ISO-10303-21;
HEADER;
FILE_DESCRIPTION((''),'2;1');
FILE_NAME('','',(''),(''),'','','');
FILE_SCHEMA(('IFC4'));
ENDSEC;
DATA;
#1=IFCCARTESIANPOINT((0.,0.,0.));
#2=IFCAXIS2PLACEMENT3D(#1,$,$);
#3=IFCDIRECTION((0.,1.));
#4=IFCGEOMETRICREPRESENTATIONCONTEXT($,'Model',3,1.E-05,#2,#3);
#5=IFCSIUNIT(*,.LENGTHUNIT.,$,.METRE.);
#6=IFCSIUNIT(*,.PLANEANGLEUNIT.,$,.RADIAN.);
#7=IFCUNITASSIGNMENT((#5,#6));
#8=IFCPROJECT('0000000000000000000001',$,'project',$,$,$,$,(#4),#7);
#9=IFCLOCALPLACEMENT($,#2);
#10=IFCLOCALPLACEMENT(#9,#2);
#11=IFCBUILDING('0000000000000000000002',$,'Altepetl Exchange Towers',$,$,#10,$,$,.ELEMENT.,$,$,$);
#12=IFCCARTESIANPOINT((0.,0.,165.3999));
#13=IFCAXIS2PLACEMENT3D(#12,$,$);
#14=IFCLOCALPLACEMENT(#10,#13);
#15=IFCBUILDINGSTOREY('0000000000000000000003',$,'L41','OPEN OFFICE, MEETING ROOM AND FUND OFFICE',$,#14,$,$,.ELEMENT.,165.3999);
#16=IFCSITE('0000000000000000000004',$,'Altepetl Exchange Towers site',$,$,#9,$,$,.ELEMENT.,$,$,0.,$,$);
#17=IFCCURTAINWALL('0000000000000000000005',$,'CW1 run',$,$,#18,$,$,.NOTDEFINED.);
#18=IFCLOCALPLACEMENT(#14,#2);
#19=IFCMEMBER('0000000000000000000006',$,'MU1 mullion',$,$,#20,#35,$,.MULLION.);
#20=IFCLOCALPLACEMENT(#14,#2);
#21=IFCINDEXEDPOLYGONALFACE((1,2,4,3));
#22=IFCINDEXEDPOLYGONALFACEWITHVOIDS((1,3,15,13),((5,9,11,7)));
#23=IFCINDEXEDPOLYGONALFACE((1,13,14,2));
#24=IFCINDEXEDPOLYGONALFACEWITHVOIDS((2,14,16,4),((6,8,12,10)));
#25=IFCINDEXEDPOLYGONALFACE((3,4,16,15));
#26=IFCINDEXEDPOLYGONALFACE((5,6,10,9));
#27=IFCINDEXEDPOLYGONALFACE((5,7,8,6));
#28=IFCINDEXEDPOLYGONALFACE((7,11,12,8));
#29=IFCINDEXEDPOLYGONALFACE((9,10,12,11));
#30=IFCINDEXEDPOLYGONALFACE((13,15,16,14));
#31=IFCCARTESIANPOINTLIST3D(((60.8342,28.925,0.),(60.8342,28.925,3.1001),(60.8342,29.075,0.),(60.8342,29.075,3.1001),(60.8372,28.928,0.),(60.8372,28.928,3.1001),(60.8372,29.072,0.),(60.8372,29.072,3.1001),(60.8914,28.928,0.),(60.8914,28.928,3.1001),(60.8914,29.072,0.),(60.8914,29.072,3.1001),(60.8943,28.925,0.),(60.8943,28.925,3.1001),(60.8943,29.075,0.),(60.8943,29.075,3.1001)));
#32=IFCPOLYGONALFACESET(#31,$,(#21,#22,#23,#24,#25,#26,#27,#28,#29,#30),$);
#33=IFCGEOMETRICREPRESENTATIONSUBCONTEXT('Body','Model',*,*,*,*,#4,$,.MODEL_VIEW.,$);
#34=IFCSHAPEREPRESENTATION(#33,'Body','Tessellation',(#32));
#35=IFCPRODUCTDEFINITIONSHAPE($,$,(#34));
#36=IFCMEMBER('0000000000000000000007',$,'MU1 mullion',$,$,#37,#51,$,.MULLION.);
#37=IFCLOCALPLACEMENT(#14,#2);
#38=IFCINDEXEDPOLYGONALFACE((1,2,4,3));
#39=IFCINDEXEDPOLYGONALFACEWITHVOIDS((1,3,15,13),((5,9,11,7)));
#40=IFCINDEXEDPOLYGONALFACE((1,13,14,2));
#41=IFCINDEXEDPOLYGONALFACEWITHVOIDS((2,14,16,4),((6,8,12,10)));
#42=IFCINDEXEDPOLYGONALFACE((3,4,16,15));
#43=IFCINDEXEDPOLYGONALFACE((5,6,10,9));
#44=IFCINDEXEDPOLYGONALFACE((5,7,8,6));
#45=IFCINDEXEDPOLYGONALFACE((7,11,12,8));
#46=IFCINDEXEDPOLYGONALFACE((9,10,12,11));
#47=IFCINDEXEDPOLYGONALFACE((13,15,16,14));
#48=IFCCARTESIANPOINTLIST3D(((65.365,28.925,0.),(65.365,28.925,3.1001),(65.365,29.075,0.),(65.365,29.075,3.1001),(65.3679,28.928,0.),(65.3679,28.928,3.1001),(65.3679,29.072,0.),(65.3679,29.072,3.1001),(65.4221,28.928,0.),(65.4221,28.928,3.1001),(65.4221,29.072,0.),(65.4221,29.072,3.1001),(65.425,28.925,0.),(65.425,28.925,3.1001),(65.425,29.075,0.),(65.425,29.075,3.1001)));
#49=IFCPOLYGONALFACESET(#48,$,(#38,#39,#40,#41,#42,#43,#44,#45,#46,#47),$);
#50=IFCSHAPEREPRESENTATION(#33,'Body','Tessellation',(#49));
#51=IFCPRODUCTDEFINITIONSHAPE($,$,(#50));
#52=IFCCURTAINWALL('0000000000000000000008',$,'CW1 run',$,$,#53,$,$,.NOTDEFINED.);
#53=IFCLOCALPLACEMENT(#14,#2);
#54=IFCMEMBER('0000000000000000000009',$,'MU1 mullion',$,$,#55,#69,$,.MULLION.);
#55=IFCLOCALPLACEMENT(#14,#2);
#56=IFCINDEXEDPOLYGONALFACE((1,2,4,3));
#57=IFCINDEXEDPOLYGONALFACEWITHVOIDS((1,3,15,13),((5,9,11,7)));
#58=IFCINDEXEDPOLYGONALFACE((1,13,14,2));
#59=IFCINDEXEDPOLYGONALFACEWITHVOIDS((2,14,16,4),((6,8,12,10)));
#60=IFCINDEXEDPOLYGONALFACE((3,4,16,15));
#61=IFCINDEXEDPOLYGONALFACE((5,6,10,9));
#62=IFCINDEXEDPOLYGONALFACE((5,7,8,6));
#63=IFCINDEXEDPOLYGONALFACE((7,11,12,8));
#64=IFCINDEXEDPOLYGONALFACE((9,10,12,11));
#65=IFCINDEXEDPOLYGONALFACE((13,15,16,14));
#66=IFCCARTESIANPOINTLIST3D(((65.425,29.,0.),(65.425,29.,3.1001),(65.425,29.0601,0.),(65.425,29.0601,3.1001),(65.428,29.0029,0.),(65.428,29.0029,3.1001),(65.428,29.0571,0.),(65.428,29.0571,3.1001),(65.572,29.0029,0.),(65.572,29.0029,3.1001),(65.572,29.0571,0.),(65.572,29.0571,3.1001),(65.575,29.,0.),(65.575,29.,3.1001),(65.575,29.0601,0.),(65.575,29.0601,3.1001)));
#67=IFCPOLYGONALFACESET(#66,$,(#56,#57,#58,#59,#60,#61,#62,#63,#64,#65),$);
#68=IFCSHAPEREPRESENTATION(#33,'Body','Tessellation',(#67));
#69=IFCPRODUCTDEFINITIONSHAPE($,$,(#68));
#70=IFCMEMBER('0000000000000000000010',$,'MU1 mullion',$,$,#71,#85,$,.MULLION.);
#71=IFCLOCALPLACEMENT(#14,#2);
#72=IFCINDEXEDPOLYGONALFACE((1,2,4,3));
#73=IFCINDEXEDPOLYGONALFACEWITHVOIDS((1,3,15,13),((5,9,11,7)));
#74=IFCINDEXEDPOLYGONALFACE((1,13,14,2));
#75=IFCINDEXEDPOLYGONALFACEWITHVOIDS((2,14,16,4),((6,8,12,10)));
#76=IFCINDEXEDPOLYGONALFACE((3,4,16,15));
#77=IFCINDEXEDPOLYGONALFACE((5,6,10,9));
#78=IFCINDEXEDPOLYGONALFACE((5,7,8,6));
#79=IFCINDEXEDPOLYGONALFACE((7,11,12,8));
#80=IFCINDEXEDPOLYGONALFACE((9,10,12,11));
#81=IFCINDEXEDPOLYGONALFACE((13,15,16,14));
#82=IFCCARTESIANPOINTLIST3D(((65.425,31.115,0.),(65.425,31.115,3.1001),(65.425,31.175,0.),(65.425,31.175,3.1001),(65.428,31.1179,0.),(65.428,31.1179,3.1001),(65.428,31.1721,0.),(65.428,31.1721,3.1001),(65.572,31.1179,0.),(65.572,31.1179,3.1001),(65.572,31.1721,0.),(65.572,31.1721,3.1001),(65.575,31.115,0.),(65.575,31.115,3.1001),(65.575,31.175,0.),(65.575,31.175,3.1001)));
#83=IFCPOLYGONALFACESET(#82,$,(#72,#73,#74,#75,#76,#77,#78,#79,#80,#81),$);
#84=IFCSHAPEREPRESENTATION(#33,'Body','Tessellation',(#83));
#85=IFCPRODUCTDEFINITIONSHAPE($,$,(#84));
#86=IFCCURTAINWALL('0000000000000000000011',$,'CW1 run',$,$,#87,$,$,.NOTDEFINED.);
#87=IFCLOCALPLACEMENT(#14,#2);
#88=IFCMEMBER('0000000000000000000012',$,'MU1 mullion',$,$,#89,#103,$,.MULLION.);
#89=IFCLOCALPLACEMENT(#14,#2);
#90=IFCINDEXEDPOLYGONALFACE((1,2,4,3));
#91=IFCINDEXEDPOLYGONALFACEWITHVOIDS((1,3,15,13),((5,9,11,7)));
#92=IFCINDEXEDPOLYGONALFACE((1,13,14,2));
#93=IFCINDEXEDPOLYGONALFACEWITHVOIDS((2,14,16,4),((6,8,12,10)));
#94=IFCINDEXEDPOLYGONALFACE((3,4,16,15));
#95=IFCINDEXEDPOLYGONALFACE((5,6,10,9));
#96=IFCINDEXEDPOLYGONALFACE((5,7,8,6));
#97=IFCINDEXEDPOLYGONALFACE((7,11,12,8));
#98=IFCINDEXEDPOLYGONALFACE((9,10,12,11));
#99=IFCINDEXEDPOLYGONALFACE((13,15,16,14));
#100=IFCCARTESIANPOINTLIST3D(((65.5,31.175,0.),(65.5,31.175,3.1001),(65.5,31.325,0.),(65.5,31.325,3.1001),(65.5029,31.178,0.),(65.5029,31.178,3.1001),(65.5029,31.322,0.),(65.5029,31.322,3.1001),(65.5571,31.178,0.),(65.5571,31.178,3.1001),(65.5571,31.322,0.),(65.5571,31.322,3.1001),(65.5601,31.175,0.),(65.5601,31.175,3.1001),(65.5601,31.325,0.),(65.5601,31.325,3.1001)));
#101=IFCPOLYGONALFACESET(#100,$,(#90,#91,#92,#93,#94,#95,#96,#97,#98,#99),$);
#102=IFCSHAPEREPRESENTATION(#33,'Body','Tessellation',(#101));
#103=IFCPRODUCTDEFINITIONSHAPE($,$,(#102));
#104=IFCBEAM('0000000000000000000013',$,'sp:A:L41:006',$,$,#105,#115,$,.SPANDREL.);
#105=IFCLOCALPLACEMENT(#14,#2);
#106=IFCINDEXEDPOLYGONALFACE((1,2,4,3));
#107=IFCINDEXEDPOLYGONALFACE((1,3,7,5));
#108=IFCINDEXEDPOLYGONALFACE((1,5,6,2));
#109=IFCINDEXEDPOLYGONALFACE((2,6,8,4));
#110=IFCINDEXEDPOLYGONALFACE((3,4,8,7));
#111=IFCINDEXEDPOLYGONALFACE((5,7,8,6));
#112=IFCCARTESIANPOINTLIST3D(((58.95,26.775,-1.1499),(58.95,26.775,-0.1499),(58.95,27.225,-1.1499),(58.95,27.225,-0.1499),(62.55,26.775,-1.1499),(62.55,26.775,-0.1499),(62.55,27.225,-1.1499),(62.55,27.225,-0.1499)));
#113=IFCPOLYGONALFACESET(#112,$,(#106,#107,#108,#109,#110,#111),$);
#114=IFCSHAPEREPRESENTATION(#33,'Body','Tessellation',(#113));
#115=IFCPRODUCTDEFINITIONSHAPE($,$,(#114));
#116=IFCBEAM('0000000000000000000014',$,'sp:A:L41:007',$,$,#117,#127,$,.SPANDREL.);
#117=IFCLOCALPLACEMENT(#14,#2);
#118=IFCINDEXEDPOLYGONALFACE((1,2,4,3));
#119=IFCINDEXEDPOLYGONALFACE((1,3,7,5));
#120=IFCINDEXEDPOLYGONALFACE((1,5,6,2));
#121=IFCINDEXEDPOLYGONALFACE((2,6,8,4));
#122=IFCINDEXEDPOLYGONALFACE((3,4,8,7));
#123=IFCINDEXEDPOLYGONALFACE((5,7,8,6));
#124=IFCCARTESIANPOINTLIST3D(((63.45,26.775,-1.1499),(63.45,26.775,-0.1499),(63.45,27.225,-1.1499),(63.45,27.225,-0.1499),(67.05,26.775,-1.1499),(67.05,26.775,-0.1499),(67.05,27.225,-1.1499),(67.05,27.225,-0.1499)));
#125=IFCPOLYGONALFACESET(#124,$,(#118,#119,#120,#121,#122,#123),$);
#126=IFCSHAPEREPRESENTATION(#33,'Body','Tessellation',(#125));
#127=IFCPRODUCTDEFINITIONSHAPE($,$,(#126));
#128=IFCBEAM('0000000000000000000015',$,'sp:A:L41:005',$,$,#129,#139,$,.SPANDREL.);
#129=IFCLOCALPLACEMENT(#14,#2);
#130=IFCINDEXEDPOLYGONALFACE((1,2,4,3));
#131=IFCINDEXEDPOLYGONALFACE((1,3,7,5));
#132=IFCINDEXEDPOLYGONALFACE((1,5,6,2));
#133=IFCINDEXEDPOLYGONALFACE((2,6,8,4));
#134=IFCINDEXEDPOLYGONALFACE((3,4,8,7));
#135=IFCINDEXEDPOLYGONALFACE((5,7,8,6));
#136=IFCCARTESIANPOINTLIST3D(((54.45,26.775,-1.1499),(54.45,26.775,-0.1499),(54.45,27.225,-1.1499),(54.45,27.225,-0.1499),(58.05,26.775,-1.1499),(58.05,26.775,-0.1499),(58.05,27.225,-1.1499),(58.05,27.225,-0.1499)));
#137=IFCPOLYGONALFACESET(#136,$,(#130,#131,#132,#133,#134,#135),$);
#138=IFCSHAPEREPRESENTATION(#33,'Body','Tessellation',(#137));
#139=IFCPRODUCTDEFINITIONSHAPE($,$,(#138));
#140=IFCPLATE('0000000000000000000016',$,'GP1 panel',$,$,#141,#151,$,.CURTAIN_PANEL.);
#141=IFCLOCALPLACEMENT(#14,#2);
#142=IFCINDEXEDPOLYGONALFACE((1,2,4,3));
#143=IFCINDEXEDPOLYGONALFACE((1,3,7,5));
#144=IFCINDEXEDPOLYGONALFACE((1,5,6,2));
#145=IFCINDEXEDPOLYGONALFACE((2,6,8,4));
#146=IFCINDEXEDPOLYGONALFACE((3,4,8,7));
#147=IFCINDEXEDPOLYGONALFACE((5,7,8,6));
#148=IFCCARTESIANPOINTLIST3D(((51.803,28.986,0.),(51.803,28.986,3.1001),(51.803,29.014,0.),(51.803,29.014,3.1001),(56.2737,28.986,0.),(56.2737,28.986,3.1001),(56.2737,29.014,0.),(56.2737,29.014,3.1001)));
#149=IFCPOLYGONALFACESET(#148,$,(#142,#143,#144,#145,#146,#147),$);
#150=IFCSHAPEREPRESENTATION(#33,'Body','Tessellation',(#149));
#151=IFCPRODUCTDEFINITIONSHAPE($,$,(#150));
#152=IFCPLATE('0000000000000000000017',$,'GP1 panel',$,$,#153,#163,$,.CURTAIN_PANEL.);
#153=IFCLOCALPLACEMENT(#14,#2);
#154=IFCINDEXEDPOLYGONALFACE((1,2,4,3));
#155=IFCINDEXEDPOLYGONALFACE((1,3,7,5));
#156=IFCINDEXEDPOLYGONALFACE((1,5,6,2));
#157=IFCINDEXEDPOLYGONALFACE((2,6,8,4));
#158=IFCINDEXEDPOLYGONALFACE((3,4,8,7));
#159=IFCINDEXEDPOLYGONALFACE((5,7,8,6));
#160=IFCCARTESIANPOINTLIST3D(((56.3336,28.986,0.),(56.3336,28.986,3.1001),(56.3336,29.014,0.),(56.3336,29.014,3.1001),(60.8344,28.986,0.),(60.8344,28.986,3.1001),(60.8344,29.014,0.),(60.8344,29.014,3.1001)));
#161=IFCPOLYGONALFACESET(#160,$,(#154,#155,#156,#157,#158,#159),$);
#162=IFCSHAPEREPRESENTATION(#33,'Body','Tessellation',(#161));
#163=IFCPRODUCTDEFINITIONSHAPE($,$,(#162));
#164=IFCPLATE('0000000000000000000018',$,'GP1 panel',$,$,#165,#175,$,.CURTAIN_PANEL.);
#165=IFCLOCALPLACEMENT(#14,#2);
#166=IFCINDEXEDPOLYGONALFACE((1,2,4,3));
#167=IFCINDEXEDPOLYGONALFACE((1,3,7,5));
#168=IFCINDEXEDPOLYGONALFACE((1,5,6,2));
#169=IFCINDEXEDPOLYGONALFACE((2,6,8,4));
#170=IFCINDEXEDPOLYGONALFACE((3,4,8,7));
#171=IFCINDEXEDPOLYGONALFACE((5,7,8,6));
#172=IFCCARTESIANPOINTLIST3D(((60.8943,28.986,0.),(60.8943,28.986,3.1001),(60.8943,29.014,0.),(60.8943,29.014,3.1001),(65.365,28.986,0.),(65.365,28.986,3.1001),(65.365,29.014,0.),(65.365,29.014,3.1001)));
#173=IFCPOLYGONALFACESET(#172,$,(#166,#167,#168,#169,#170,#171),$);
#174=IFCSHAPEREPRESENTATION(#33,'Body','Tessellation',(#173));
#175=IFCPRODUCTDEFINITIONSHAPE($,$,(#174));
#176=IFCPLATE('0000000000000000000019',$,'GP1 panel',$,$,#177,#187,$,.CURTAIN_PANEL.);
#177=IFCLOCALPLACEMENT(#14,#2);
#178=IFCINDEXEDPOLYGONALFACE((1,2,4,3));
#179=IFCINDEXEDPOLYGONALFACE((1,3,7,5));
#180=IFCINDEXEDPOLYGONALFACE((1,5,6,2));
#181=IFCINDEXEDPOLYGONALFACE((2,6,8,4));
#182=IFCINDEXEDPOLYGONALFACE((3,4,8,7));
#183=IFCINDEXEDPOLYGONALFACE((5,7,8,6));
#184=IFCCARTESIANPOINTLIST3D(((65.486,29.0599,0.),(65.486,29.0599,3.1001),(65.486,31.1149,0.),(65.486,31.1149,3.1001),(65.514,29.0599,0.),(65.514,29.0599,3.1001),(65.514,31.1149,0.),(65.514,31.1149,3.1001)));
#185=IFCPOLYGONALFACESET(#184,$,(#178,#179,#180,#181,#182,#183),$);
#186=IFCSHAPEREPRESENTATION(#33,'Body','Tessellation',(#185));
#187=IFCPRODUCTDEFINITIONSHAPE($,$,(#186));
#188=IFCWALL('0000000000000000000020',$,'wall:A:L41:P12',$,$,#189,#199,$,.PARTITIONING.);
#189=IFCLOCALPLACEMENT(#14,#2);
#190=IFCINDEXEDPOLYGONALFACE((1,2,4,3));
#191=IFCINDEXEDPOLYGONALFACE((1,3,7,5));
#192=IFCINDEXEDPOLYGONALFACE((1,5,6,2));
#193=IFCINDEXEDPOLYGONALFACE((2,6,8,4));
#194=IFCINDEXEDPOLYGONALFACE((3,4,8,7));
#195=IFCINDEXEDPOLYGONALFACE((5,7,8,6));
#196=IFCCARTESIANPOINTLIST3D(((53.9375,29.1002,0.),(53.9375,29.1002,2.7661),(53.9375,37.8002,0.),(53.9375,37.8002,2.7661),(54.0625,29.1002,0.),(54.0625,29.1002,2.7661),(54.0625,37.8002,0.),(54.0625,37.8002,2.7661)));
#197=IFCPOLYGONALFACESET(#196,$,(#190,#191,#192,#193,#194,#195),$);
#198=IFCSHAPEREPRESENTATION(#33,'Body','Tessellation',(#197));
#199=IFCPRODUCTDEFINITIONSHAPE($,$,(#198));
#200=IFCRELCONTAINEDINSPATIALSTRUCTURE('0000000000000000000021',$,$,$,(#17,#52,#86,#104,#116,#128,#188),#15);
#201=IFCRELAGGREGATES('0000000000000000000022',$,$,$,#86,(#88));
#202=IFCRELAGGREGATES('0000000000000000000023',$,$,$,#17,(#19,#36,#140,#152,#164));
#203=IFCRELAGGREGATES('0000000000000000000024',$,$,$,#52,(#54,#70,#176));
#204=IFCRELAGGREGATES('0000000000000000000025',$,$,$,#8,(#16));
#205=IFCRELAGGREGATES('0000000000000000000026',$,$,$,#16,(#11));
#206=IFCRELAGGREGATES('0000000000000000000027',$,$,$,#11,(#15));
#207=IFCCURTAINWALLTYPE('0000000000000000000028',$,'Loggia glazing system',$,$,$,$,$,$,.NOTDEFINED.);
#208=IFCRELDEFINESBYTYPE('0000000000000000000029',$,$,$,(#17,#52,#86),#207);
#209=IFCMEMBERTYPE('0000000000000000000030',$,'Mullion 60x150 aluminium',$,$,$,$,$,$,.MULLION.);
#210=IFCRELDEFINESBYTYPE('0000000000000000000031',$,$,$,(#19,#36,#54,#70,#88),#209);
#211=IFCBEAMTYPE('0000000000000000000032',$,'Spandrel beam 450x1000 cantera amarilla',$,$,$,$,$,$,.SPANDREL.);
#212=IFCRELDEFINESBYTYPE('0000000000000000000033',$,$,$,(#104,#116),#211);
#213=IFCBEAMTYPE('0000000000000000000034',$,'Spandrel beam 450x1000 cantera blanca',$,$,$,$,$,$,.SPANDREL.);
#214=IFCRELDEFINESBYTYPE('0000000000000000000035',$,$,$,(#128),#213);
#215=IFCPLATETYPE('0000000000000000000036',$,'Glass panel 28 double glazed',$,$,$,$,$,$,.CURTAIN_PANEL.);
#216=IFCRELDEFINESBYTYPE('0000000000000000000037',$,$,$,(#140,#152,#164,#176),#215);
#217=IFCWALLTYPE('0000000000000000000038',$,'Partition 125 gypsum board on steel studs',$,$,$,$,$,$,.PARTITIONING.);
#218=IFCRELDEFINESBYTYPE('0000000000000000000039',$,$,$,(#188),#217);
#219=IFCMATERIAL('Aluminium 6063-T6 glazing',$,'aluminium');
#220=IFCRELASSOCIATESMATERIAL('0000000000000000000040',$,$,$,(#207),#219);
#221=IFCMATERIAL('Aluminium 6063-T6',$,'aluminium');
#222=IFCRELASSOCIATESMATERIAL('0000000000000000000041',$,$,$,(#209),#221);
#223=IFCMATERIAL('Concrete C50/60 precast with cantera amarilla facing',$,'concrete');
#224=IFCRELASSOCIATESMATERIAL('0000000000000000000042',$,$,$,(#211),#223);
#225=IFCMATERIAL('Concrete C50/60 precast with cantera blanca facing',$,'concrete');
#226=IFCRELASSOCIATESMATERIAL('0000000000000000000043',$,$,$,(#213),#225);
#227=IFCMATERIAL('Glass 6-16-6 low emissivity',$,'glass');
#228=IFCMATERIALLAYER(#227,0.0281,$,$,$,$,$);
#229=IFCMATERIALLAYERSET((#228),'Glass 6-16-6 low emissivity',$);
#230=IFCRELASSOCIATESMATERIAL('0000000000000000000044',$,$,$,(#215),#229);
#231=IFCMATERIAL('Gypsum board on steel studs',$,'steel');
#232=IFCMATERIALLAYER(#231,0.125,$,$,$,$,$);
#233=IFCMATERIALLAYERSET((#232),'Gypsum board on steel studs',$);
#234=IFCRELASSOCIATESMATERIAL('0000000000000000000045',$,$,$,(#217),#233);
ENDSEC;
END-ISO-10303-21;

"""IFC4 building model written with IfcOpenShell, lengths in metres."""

from ifc_helpers import new_model, si_unit, direction, frame, frame_2d, origin, origin_2d, place, context, subcontext, project, spatial, rectangle, hollow_rectangle, extrude, material, layer, layer_set, material_profile, profile_set, type_object, element, aggregate, save


model = new_model("IFC4")

# Units and contexts
model_context = context("Model", 3, precision=1e-05, world=origin(), true_north=direction((0.0, 1.0)))
body_context = subcontext(model_context, "Body", "Model", "MODEL_VIEW")
ifc_project = project(units=[si_unit("LENGTHUNIT", "METRE"), si_unit("PLANEANGLEUNIT", "RADIAN")], contexts=[model_context])

# Site, building, storey
site_placement = place(None, origin())
site = spatial("IfcSite", under=ifc_project, at=site_placement, Name="Altepetl Exchange Towers site", CompositionType="ELEMENT", RefElevation=0.0)
building_placement = place(site_placement, origin())
building = spatial("IfcBuilding", under=site, at=building_placement, Name="Altepetl Exchange Towers", CompositionType="ELEMENT")
storey_placement = place(building_placement, frame((0.0, 0.0, 165.3999)))
storey = spatial("IfcBuildingStorey", under=building, at=storey_placement, Name="L41", Description="OPEN OFFICE, MEETING ROOM AND FUND OFFICE", CompositionType="ELEMENT", Elevation=165.3999)

# Curtain walls, members
ifc_material_1 = material(Name="Aluminium 6063-T6 glazing", Category="aluminium")
curtain_wall_type = type_object("IfcCurtainWallType", Name="Loggia glazing system", PredefinedType="NOTDEFINED", material=ifc_material_1)
curtain_wall_1_placement = place(storey_placement, origin())
curtain_wall_1 = element("IfcCurtainWall", 1, at=curtain_wall_1_placement, inside=storey, type_object=curtain_wall_type, Name="CW1 run", PredefinedType="NOTDEFINED")
ifc_material_2 = material(Name="Aluminium 6063-T6", Category="aluminium")
ifc_material_profile_1 = material_profile(ifc_material_2, hollow_rectangle(XDim=0.0601, YDim=0.1499, WallThickness=0.0029, at=origin_2d()), Name="Mullion 60x150 aluminium")
ifc_profile_set_1 = profile_set([ifc_material_profile_1], Name="Aluminium 6063-T6")
member_type = type_object("IfcMemberType", Name="Mullion 60x150 aluminium", PredefinedType="MULLION", material=ifc_profile_set_1)
member_1_placement = place(storey_placement, frame((60.8643, 29.0, 0.0)))
member_1 = element("IfcMember", 2, at=member_1_placement, type_object=member_type, Name="MU1 mullion", PredefinedType="MULLION", context=body_context, shape_type="SweptSolid", body=[
    extrude(hollow_rectangle(XDim=0.0601, YDim=0.1499, WallThickness=0.0029, at=origin_2d()), origin(), (0.0, 0.0, 1.0), 3.1001),
])
member_2_placement = place(storey_placement, frame((65.395, 29.0, 0.0)))
member_2 = element("IfcMember", 3, at=member_2_placement, type_object=member_type, Name="MU1 mullion", PredefinedType="MULLION", context=body_context, shape_type="SweptSolid", body=[
    extrude(hollow_rectangle(XDim=0.0601, YDim=0.1499, WallThickness=0.0029, at=origin_2d()), origin(), (0.0, 0.0, 1.0), 3.1001),
])
curtain_wall_2_placement = place(storey_placement, origin())
curtain_wall_2 = element("IfcCurtainWall", 4, at=curtain_wall_2_placement, inside=storey, type_object=curtain_wall_type, Name="CW1 run", PredefinedType="NOTDEFINED")
member_3_placement = place(storey_placement, frame((65.5, 29.03, 0.0), z_axis=(0.0, 0.0, 1.0), x_axis=(0.0, 1.0, 0.0)))
member_3 = element("IfcMember", 5, at=member_3_placement, type_object=member_type, Name="MU1 mullion", PredefinedType="MULLION", context=body_context, shape_type="SweptSolid", body=[
    extrude(hollow_rectangle(XDim=0.0601, YDim=0.1499, WallThickness=0.0029, at=origin_2d()), origin(), (0.0, 0.0, 1.0), 3.1001),
])
member_4_placement = place(storey_placement, frame((65.5, 31.145, 0.0), z_axis=(0.0, 0.0, 1.0), x_axis=(0.0, 1.0, 0.0)))
member_4 = element("IfcMember", 6, at=member_4_placement, type_object=member_type, Name="MU1 mullion", PredefinedType="MULLION", context=body_context, shape_type="SweptSolid", body=[
    extrude(hollow_rectangle(XDim=0.0601, YDim=0.1499, WallThickness=0.0029, at=origin_2d()), origin(), (0.0, 0.0, 1.0), 3.1001),
])

# Curtain wall, member
curtain_wall_3_placement = place(storey_placement, origin())
curtain_wall_3 = element("IfcCurtainWall", 7, at=curtain_wall_3_placement, inside=storey, type_object=curtain_wall_type, Name="CW1 run", PredefinedType="NOTDEFINED")
member_5_placement = place(storey_placement, frame((65.53, 31.25, 0.0)))
member_5 = element("IfcMember", 8, at=member_5_placement, type_object=member_type, Name="MU1 mullion", PredefinedType="MULLION", context=body_context, shape_type="SweptSolid", body=[
    extrude(hollow_rectangle(XDim=0.0601, YDim=0.1499, WallThickness=0.0029, at=origin_2d()), origin(), (0.0, 0.0, 1.0), 3.1001),
])
aggregate(curtain_wall_3, [member_5])

# Beams
ifc_material_3 = material(Name="Concrete C50/60 precast with cantera amarilla facing", Category="concrete")
ifc_material_profile_2 = material_profile(ifc_material_3, rectangle(XDim=0.45, YDim=1.0, at=origin_2d()), Name="450 x 1000")
ifc_profile_set_2 = profile_set([ifc_material_profile_2], Name="Concrete C50/60 precast with cantera amarilla facing")
beam_type_1 = type_object("IfcBeamType", Name="Spandrel beam 450x1000 cantera amarilla", PredefinedType="SPANDREL", material=ifc_profile_set_2)
for number, where, z_axis, x_axis, name in (
    (9, (58.95, 27.0, -0.6499), (1.0, 0.0, 0.0), (0.0, 1.0, 0.0), "sp:A:L41:006"),
    (10, (63.45, 27.0, -0.6499), (1.0, 0.0, 0.0), (0.0, 1.0, 0.0), "sp:A:L41:007"),
):
    element("IfcBeam", number, at=place(storey_placement, frame(where, z_axis=z_axis, x_axis=x_axis)), inside=storey, type_object=beam_type_1, Name=name, PredefinedType="SPANDREL", context=body_context, shape_type="SweptSolid", body=[
        extrude(rectangle(XDim=0.45, YDim=1.0, at=origin_2d()), origin(), (0.0, 0.0, 1.0), 3.6001),
    ])
ifc_material_4 = material(Name="Concrete C50/60 precast with cantera blanca facing", Category="concrete")
ifc_material_profile_3 = material_profile(ifc_material_4, rectangle(XDim=0.45, YDim=1.0, at=origin_2d()), Name="450 x 1000")
ifc_profile_set_3 = profile_set([ifc_material_profile_3], Name="Concrete C50/60 precast with cantera blanca facing")
beam_type_2 = type_object("IfcBeamType", Name="Spandrel beam 450x1000 cantera blanca", PredefinedType="SPANDREL", material=ifc_profile_set_3)
beam_1_placement = place(storey_placement, frame((54.45, 27.0, -0.6499), z_axis=(1.0, 0.0, 0.0), x_axis=(0.0, 1.0, 0.0)))
element("IfcBeam", 11, at=beam_1_placement, inside=storey, type_object=beam_type_2, Name="sp:A:L41:005", PredefinedType="SPANDREL", context=body_context, shape_type="SweptSolid", body=[
    extrude(rectangle(XDim=0.45, YDim=1.0, at=origin_2d()), origin(), (0.0, 0.0, 1.0), 3.6001),
])

# Plates
ifc_material_5 = material(Name="Glass 6-16-6 low emissivity", Category="glass")
ifc_layer_1 = layer(ifc_material_5, 0.0281)
ifc_layer_set_1 = layer_set([ifc_layer_1], Name="Glass 6-16-6 low emissivity")
plate_type = type_object("IfcPlateType", Name="Glass panel 28 double glazed", PredefinedType="CURTAIN_PANEL", material=ifc_layer_set_1)
plate_1_placement = place(storey_placement, frame((54.0383, 29.0, 0.0)))
plate_1 = element("IfcPlate", 12, at=plate_1_placement, type_object=plate_type, Name="GP1 panel", PredefinedType="CURTAIN_PANEL", context=body_context, shape_type="SweptSolid", body=[
    extrude(rectangle(XDim=4.4707, YDim=0.0281, at=origin_2d()), origin(), (0.0, 0.0, 1.0), 3.1001),
])
plate_2_placement = place(storey_placement, frame((58.584, 29.0, 0.0)))
plate_2 = element("IfcPlate", 13, at=plate_2_placement, type_object=plate_type, Name="GP1 panel", PredefinedType="CURTAIN_PANEL", context=body_context, shape_type="SweptSolid", body=[
    extrude(rectangle(XDim=4.5007, YDim=0.0281, at=origin_2d()), origin(), (0.0, 0.0, 1.0), 3.1001),
])
plate_3_placement = place(storey_placement, frame((63.1296, 29.0, 0.0)))
plate_3 = element("IfcPlate", 14, at=plate_3_placement, type_object=plate_type, Name="GP1 panel", PredefinedType="CURTAIN_PANEL", context=body_context, shape_type="SweptSolid", body=[
    extrude(rectangle(XDim=4.4707, YDim=0.0281, at=origin_2d()), origin(), (0.0, 0.0, 1.0), 3.1001),
])
aggregate(curtain_wall_1, [member_1, member_2, plate_1, plate_2, plate_3])
plate_4_placement = place(storey_placement, frame((65.5, 30.0874, 0.0), z_axis=(0.0, 0.0, 1.0), x_axis=(0.0, 1.0, 0.0)))
plate_4 = element("IfcPlate", 15, at=plate_4_placement, type_object=plate_type, Name="GP1 panel", PredefinedType="CURTAIN_PANEL", context=body_context, shape_type="SweptSolid", body=[
    extrude(rectangle(XDim=2.0549, YDim=0.0281, at=origin_2d()), origin(), (0.0, 0.0, 1.0), 3.1001),
])
aggregate(curtain_wall_2, [member_3, member_4, plate_4])

# Wall
ifc_material_6 = material(Name="Gypsum board on steel studs", Category="steel")
ifc_layer_2 = layer(ifc_material_6, 0.125)
ifc_layer_set_2 = layer_set([ifc_layer_2], Name="Gypsum board on steel studs")
wall_type = type_object("IfcWallType", Name="Partition 125 gypsum board on steel studs", PredefinedType="PARTITIONING", material=ifc_layer_set_2)
wall_1_placement = place(storey_placement, frame((54.0, 29.1001, 0.0), z_axis=(0.0, 0.0, 1.0), x_axis=(0.0, 1.0, 0.0)))
element("IfcWall", 16, at=wall_1_placement, inside=storey, type_object=wall_type, Name="wall:A:L41:P12", PredefinedType="PARTITIONING", context=body_context, shape_type="SweptSolid", body=[
    extrude(rectangle(XDim=8.7, YDim=0.125, at=frame_2d((4.3501, 0.0))), origin(), (0.0, 0.0, 1.0), 2.7661),
])

save(model, "model.ifc")
